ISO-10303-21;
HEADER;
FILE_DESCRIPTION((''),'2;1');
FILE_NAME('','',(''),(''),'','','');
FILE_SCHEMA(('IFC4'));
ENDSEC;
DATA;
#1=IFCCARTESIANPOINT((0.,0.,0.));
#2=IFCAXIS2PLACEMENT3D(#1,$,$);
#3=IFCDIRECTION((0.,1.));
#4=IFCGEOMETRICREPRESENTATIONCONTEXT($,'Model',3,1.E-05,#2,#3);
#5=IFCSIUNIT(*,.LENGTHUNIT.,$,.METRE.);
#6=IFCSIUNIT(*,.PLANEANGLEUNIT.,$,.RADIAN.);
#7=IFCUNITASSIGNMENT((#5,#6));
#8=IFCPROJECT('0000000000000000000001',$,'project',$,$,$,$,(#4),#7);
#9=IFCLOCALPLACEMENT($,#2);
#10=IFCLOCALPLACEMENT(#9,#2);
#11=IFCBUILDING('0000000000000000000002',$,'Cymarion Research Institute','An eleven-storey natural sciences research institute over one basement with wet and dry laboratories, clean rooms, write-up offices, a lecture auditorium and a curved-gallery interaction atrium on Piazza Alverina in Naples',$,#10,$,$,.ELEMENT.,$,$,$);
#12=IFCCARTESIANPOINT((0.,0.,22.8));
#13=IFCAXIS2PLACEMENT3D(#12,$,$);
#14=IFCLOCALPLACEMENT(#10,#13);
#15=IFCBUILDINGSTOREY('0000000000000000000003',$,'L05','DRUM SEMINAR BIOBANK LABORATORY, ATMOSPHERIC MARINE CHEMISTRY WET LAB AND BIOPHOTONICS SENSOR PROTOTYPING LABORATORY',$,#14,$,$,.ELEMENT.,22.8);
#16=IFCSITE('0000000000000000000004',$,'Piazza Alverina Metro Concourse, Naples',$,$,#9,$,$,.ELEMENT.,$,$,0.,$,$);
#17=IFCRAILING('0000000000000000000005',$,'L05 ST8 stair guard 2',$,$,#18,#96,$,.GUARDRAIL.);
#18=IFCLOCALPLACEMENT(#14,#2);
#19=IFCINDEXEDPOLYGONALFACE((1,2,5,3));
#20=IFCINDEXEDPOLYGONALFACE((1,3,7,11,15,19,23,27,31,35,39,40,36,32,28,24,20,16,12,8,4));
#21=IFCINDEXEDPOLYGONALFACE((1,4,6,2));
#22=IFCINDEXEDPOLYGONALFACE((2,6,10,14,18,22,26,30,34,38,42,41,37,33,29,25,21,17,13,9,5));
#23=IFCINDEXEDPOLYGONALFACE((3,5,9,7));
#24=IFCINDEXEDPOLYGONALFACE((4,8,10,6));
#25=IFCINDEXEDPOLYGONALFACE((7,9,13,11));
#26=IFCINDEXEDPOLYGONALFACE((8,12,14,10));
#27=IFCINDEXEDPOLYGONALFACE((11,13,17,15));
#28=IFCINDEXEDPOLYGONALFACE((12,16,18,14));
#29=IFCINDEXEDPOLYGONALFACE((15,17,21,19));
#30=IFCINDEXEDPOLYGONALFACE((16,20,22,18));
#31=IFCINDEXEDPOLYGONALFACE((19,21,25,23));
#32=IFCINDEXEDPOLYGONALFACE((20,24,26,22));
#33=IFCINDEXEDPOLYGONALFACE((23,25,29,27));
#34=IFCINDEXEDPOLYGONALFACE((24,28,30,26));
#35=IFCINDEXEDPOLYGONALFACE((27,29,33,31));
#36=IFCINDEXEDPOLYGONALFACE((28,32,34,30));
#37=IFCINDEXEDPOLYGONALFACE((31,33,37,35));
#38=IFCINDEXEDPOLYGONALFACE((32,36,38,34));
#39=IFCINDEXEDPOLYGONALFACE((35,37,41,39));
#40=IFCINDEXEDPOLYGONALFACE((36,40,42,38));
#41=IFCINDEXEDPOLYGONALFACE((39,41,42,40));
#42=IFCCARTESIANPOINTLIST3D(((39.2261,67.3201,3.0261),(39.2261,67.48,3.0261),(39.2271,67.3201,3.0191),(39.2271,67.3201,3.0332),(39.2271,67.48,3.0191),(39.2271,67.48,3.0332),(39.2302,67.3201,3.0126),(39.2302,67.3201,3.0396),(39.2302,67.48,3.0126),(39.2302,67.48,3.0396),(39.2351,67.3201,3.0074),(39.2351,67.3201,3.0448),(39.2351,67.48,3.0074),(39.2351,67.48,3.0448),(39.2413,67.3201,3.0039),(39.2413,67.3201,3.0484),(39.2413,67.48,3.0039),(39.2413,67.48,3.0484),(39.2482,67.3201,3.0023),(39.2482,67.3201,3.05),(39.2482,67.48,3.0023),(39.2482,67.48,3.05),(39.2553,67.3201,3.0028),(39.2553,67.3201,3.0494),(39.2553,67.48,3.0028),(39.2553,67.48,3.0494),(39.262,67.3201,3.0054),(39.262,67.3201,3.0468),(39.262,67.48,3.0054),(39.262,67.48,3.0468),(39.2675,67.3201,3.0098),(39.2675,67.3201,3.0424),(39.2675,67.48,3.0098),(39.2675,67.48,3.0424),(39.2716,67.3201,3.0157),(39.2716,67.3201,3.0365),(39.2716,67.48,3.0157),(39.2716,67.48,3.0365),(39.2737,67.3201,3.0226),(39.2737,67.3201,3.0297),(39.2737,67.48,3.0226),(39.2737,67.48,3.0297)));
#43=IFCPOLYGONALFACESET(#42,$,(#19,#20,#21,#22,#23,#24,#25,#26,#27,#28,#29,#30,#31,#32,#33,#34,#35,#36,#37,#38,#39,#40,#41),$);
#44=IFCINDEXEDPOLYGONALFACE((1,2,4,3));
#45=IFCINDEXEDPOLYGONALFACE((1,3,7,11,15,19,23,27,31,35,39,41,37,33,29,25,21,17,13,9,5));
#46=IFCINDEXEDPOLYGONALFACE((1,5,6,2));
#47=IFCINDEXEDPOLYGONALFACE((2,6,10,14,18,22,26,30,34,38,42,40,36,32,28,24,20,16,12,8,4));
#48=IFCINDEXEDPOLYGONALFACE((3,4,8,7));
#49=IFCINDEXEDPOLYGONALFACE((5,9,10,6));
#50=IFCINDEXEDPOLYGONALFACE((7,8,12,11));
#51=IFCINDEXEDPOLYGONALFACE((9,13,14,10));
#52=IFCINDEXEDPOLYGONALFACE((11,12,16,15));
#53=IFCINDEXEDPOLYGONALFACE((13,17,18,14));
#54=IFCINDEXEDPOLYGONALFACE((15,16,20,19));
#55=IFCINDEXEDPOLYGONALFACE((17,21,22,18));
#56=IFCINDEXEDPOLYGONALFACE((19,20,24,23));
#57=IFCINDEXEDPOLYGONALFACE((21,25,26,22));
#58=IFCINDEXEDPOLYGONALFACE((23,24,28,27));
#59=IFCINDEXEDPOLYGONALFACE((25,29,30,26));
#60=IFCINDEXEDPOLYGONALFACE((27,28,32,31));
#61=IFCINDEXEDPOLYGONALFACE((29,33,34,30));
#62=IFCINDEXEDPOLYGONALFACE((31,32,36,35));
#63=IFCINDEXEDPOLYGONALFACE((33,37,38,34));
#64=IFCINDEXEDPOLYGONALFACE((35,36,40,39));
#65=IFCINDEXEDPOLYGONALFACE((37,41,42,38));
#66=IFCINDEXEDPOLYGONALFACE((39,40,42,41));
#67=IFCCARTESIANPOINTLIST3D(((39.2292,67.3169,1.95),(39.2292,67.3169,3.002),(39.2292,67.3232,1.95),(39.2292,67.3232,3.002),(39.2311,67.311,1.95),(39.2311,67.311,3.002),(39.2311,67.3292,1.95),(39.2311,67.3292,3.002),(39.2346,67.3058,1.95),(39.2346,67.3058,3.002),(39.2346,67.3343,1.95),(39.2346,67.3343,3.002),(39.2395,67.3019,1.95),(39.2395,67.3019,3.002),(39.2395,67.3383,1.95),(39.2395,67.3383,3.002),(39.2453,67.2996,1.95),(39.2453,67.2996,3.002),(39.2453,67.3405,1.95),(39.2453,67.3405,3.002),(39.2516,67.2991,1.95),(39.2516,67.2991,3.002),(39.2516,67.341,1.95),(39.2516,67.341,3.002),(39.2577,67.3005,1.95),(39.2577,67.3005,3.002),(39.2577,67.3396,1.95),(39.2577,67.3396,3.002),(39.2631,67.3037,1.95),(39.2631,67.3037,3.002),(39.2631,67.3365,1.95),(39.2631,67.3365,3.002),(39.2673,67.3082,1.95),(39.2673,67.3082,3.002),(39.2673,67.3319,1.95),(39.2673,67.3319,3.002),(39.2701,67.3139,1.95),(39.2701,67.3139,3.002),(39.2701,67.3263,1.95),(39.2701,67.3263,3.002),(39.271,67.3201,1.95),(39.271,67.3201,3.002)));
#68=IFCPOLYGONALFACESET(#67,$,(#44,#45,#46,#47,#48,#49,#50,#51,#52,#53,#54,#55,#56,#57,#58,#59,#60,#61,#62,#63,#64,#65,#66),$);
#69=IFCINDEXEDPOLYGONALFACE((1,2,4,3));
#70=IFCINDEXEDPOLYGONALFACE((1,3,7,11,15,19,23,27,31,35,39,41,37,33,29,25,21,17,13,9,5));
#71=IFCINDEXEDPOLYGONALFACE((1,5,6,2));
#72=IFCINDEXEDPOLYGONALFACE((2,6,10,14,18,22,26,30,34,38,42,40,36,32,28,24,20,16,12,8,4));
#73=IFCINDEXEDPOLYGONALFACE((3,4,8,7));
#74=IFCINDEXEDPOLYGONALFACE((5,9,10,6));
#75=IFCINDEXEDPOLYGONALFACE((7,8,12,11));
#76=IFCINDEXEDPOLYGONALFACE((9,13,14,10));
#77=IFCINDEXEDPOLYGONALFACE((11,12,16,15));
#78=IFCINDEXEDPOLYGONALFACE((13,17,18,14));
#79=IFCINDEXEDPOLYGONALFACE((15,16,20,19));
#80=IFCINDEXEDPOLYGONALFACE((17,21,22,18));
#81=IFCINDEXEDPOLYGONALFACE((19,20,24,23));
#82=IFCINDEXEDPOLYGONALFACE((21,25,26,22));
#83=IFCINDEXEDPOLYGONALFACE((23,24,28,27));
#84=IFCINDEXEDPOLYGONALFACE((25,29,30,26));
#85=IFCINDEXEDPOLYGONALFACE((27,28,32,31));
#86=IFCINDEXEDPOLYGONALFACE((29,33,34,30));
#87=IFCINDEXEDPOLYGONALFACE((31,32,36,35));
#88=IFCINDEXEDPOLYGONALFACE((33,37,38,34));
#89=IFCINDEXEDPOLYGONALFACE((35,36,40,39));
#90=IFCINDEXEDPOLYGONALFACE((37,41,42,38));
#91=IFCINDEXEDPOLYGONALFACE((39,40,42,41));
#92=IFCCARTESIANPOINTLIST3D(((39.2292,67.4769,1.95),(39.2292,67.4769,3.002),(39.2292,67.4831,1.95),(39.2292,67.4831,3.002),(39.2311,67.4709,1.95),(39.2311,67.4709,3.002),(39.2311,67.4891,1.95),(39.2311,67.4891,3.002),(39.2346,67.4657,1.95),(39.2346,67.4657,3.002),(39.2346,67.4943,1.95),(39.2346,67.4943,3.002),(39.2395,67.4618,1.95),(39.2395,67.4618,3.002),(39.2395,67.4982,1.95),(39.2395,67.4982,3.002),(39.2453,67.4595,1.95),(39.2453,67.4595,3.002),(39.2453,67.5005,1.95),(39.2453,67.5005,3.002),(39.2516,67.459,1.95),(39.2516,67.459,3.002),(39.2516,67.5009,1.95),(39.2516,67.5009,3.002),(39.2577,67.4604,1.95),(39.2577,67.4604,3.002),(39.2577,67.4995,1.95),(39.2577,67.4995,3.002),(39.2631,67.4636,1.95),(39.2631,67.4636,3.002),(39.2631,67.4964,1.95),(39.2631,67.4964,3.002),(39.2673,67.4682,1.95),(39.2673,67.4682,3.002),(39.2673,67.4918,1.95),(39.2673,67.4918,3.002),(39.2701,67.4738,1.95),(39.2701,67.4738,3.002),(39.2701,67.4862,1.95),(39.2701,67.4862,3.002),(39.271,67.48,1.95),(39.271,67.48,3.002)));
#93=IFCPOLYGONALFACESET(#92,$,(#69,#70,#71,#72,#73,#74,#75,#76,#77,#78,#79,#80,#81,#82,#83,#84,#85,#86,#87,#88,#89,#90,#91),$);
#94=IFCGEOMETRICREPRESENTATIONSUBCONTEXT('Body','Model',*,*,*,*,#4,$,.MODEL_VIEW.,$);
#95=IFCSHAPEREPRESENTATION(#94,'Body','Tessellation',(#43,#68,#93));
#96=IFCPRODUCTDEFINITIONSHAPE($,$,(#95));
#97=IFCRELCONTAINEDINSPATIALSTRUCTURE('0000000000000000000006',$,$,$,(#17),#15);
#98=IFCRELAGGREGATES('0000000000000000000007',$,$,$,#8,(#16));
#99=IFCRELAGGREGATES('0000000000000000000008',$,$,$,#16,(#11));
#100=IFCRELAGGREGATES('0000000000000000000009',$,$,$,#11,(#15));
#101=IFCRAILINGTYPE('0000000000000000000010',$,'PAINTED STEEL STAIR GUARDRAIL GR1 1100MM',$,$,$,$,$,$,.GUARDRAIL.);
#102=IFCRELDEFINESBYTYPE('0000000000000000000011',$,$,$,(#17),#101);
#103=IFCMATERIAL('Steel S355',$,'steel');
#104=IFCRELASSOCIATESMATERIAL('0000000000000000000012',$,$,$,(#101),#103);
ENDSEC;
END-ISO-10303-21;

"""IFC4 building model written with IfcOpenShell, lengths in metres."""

from ifc_helpers import new_model, si_unit, direction, frame, origin, origin_2d, place, context, subcontext, project, spatial, circle, extrude, material, type_object, element, save


model = new_model("IFC4")

# Units and contexts
model_context = context("Model", 3, precision=1e-05, world=origin(), true_north=direction((0.0, 1.0)))
body_context = subcontext(model_context, "Body", "Model", "MODEL_VIEW")
ifc_project = project(units=[si_unit("LENGTHUNIT", "METRE"), si_unit("PLANEANGLEUNIT", "RADIAN")], contexts=[model_context])

# Site, building, storey
site_placement = place(None, origin())
site = spatial("IfcSite", under=ifc_project, at=site_placement, Name="Piazza Alverina Metro Concourse, Naples", CompositionType="ELEMENT", RefElevation=0.0)
building_placement = place(site_placement, origin())
building = spatial("IfcBuilding", under=site, at=building_placement, Name="Cymarion Research Institute", Description="An eleven-storey natural sciences research institute over one basement with wet and dry laboratories, clean rooms, write-up offices, a lecture auditorium and a curved-gallery interaction atrium on Piazza Alverina in Naples", CompositionType="ELEMENT")
storey_placement = place(building_placement, frame((0.0, 0.0, 22.8)))
storey = spatial("IfcBuildingStorey", under=building, at=storey_placement, Name="L05", Description="DRUM SEMINAR BIOBANK LABORATORY, ATMOSPHERIC MARINE CHEMISTRY WET LAB AND BIOPHOTONICS SENSOR PROTOTYPING LABORATORY", CompositionType="ELEMENT", Elevation=22.8)

# Shared definitions
ifc_material_1 = material(Name="Steel S355", Category="steel")

# Railing
railing_type_1 = type_object("IfcRailingType", Name="PAINTED STEEL STAIR GUARDRAIL GR1 1100MM", PredefinedType="GUARDRAIL", material=ifc_material_1)
railing_1_placement = place(storey_placement, frame((39.25, 67.3201, 1.95)))
element("IfcRailing", 1, at=railing_1_placement, inside=storey, type_object=railing_type_1, Name="L05 ST8 stair guard 2", PredefinedType="GUARDRAIL", context=body_context, shape_type="SweptSolid", body=[
    extrude(circle(Radius=0.0239, at=origin_2d()), frame((0.0, 0.0, 1.0762), z_axis=(0.0, 1.0, 0.0), x_axis=(-1.0, 0.0, 0.0)), (0.0, 0.0, 1.0), 0.1599),
    extrude(circle(Radius=0.021, at=origin_2d()), origin(), (0.0, 0.0, 1.0), 1.052),
    extrude(circle(Radius=0.021, at=origin_2d()), frame((0.0, 0.1599, 0.0)), (0.0, 0.0, 1.0), 1.052),
])

save(model, "model.ifc")
